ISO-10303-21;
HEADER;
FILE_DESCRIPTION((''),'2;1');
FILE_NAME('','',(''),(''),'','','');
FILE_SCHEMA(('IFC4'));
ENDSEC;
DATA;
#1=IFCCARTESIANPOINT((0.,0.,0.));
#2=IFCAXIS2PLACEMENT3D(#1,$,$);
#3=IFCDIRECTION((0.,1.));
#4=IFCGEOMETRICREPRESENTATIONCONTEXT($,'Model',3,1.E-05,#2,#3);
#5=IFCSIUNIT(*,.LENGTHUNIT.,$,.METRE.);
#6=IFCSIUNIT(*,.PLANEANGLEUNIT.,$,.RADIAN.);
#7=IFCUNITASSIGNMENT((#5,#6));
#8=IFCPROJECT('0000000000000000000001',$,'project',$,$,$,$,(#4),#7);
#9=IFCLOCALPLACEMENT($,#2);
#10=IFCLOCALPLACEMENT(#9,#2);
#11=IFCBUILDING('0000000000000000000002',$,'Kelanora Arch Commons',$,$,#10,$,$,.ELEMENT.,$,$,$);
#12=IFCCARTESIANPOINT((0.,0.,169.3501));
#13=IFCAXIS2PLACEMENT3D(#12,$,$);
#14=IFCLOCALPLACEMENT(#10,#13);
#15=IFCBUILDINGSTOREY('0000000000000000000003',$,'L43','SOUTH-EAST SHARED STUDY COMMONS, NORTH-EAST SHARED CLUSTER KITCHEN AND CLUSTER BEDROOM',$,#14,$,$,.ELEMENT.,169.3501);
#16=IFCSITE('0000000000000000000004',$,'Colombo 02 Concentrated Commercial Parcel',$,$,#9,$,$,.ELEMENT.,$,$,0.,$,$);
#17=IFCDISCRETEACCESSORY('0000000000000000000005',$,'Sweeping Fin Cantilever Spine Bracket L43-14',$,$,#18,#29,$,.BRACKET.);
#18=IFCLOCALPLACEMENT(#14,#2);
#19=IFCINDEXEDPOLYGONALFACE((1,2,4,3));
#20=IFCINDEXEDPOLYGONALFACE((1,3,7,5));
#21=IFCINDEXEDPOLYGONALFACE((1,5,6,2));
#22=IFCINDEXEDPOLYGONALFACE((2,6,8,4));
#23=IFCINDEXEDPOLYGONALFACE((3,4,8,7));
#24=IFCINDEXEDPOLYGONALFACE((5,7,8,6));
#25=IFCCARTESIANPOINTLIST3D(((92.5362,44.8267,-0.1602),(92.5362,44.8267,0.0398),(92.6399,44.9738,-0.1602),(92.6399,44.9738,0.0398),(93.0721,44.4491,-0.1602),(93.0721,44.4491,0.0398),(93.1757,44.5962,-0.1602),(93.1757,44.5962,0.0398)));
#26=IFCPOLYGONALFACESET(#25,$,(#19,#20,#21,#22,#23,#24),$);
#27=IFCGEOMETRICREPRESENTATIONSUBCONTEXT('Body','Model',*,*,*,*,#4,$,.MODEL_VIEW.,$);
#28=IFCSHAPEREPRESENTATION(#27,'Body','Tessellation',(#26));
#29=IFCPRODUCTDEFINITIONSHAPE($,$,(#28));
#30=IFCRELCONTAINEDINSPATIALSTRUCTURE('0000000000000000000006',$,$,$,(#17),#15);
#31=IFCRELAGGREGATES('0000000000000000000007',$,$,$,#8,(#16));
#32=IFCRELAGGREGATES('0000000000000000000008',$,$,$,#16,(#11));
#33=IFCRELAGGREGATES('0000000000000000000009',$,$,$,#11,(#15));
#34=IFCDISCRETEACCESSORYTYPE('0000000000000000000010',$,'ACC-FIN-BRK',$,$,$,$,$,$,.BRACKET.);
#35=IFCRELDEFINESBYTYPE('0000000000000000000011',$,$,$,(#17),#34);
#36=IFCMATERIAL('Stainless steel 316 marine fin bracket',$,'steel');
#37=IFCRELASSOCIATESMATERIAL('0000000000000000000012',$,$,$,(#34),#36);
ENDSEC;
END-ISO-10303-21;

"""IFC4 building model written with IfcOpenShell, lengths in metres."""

from ifc_helpers import new_model, si_unit, direction, frame, origin, origin_2d, place, context, subcontext, project, spatial, rectangle, extrude, source, transform, mapped, material, type_object, element, save


model = new_model("IFC4")

# Units and contexts
model_context = context("Model", 3, precision=1e-05, world=origin(), true_north=direction((0.0, 1.0)))
body_context = subcontext(model_context, "Body", "Model", "MODEL_VIEW")
ifc_project = project(units=[si_unit("LENGTHUNIT", "METRE"), si_unit("PLANEANGLEUNIT", "RADIAN")], contexts=[model_context])

# Site, building, storey
site_placement = place(None, origin())
site = spatial("IfcSite", under=ifc_project, at=site_placement, Name="Colombo 02 Concentrated Commercial Parcel", CompositionType="ELEMENT", RefElevation=0.0)
building_placement = place(site_placement, origin())
building = spatial("IfcBuilding", under=site, at=building_placement, Name="Kelanora Arch Commons", CompositionType="ELEMENT")
storey_placement = place(building_placement, frame((0.0, 0.0, 169.3501)))
storey = spatial("IfcBuildingStorey", under=building, at=storey_placement, Name="L43", Description="SOUTH-EAST SHARED STUDY COMMONS, NORTH-EAST SHARED CLUSTER KITCHEN AND CLUSTER BEDROOM", CompositionType="ELEMENT", Elevation=169.3501)

# Discrete accessory
ifc_material_1 = material(Name="Stainless steel 316 marine fin bracket", Category="steel")
discrete_accessory_type = type_object("IfcDiscreteAccessoryType", Name="ACC-FIN-BRK", PredefinedType="BRACKET", material=ifc_material_1)
shared_shape_1 = source(origin(), body_context, "Body", "SweptSolid", [
    extrude(rectangle(XDim=0.6555, YDim=0.1799, at=origin_2d()), origin(), (0.0, 0.0, 1.0), 0.2),
])
for number, where, z_axis, x_axis, name in (
    (1, (92.856, 44.7114, -0.1602), (0.0, 0.0, 1.0), (0.817447, -0.576004, 0.0), "Sweeping Fin Cantilever Spine Bracket L43-14"),
):
    element("IfcDiscreteAccessory", number, at=place(storey_placement, frame(where, z_axis=z_axis, x_axis=x_axis)), inside=storey, type_object=discrete_accessory_type, Name=name, PredefinedType="BRACKET", context=body_context, shape_type="MappedRepresentation", body=[
        mapped(shared_shape_1, transform((0.0, 0.0, 0.0), scale=1.0)),
    ])

save(model, "model.ifc")
